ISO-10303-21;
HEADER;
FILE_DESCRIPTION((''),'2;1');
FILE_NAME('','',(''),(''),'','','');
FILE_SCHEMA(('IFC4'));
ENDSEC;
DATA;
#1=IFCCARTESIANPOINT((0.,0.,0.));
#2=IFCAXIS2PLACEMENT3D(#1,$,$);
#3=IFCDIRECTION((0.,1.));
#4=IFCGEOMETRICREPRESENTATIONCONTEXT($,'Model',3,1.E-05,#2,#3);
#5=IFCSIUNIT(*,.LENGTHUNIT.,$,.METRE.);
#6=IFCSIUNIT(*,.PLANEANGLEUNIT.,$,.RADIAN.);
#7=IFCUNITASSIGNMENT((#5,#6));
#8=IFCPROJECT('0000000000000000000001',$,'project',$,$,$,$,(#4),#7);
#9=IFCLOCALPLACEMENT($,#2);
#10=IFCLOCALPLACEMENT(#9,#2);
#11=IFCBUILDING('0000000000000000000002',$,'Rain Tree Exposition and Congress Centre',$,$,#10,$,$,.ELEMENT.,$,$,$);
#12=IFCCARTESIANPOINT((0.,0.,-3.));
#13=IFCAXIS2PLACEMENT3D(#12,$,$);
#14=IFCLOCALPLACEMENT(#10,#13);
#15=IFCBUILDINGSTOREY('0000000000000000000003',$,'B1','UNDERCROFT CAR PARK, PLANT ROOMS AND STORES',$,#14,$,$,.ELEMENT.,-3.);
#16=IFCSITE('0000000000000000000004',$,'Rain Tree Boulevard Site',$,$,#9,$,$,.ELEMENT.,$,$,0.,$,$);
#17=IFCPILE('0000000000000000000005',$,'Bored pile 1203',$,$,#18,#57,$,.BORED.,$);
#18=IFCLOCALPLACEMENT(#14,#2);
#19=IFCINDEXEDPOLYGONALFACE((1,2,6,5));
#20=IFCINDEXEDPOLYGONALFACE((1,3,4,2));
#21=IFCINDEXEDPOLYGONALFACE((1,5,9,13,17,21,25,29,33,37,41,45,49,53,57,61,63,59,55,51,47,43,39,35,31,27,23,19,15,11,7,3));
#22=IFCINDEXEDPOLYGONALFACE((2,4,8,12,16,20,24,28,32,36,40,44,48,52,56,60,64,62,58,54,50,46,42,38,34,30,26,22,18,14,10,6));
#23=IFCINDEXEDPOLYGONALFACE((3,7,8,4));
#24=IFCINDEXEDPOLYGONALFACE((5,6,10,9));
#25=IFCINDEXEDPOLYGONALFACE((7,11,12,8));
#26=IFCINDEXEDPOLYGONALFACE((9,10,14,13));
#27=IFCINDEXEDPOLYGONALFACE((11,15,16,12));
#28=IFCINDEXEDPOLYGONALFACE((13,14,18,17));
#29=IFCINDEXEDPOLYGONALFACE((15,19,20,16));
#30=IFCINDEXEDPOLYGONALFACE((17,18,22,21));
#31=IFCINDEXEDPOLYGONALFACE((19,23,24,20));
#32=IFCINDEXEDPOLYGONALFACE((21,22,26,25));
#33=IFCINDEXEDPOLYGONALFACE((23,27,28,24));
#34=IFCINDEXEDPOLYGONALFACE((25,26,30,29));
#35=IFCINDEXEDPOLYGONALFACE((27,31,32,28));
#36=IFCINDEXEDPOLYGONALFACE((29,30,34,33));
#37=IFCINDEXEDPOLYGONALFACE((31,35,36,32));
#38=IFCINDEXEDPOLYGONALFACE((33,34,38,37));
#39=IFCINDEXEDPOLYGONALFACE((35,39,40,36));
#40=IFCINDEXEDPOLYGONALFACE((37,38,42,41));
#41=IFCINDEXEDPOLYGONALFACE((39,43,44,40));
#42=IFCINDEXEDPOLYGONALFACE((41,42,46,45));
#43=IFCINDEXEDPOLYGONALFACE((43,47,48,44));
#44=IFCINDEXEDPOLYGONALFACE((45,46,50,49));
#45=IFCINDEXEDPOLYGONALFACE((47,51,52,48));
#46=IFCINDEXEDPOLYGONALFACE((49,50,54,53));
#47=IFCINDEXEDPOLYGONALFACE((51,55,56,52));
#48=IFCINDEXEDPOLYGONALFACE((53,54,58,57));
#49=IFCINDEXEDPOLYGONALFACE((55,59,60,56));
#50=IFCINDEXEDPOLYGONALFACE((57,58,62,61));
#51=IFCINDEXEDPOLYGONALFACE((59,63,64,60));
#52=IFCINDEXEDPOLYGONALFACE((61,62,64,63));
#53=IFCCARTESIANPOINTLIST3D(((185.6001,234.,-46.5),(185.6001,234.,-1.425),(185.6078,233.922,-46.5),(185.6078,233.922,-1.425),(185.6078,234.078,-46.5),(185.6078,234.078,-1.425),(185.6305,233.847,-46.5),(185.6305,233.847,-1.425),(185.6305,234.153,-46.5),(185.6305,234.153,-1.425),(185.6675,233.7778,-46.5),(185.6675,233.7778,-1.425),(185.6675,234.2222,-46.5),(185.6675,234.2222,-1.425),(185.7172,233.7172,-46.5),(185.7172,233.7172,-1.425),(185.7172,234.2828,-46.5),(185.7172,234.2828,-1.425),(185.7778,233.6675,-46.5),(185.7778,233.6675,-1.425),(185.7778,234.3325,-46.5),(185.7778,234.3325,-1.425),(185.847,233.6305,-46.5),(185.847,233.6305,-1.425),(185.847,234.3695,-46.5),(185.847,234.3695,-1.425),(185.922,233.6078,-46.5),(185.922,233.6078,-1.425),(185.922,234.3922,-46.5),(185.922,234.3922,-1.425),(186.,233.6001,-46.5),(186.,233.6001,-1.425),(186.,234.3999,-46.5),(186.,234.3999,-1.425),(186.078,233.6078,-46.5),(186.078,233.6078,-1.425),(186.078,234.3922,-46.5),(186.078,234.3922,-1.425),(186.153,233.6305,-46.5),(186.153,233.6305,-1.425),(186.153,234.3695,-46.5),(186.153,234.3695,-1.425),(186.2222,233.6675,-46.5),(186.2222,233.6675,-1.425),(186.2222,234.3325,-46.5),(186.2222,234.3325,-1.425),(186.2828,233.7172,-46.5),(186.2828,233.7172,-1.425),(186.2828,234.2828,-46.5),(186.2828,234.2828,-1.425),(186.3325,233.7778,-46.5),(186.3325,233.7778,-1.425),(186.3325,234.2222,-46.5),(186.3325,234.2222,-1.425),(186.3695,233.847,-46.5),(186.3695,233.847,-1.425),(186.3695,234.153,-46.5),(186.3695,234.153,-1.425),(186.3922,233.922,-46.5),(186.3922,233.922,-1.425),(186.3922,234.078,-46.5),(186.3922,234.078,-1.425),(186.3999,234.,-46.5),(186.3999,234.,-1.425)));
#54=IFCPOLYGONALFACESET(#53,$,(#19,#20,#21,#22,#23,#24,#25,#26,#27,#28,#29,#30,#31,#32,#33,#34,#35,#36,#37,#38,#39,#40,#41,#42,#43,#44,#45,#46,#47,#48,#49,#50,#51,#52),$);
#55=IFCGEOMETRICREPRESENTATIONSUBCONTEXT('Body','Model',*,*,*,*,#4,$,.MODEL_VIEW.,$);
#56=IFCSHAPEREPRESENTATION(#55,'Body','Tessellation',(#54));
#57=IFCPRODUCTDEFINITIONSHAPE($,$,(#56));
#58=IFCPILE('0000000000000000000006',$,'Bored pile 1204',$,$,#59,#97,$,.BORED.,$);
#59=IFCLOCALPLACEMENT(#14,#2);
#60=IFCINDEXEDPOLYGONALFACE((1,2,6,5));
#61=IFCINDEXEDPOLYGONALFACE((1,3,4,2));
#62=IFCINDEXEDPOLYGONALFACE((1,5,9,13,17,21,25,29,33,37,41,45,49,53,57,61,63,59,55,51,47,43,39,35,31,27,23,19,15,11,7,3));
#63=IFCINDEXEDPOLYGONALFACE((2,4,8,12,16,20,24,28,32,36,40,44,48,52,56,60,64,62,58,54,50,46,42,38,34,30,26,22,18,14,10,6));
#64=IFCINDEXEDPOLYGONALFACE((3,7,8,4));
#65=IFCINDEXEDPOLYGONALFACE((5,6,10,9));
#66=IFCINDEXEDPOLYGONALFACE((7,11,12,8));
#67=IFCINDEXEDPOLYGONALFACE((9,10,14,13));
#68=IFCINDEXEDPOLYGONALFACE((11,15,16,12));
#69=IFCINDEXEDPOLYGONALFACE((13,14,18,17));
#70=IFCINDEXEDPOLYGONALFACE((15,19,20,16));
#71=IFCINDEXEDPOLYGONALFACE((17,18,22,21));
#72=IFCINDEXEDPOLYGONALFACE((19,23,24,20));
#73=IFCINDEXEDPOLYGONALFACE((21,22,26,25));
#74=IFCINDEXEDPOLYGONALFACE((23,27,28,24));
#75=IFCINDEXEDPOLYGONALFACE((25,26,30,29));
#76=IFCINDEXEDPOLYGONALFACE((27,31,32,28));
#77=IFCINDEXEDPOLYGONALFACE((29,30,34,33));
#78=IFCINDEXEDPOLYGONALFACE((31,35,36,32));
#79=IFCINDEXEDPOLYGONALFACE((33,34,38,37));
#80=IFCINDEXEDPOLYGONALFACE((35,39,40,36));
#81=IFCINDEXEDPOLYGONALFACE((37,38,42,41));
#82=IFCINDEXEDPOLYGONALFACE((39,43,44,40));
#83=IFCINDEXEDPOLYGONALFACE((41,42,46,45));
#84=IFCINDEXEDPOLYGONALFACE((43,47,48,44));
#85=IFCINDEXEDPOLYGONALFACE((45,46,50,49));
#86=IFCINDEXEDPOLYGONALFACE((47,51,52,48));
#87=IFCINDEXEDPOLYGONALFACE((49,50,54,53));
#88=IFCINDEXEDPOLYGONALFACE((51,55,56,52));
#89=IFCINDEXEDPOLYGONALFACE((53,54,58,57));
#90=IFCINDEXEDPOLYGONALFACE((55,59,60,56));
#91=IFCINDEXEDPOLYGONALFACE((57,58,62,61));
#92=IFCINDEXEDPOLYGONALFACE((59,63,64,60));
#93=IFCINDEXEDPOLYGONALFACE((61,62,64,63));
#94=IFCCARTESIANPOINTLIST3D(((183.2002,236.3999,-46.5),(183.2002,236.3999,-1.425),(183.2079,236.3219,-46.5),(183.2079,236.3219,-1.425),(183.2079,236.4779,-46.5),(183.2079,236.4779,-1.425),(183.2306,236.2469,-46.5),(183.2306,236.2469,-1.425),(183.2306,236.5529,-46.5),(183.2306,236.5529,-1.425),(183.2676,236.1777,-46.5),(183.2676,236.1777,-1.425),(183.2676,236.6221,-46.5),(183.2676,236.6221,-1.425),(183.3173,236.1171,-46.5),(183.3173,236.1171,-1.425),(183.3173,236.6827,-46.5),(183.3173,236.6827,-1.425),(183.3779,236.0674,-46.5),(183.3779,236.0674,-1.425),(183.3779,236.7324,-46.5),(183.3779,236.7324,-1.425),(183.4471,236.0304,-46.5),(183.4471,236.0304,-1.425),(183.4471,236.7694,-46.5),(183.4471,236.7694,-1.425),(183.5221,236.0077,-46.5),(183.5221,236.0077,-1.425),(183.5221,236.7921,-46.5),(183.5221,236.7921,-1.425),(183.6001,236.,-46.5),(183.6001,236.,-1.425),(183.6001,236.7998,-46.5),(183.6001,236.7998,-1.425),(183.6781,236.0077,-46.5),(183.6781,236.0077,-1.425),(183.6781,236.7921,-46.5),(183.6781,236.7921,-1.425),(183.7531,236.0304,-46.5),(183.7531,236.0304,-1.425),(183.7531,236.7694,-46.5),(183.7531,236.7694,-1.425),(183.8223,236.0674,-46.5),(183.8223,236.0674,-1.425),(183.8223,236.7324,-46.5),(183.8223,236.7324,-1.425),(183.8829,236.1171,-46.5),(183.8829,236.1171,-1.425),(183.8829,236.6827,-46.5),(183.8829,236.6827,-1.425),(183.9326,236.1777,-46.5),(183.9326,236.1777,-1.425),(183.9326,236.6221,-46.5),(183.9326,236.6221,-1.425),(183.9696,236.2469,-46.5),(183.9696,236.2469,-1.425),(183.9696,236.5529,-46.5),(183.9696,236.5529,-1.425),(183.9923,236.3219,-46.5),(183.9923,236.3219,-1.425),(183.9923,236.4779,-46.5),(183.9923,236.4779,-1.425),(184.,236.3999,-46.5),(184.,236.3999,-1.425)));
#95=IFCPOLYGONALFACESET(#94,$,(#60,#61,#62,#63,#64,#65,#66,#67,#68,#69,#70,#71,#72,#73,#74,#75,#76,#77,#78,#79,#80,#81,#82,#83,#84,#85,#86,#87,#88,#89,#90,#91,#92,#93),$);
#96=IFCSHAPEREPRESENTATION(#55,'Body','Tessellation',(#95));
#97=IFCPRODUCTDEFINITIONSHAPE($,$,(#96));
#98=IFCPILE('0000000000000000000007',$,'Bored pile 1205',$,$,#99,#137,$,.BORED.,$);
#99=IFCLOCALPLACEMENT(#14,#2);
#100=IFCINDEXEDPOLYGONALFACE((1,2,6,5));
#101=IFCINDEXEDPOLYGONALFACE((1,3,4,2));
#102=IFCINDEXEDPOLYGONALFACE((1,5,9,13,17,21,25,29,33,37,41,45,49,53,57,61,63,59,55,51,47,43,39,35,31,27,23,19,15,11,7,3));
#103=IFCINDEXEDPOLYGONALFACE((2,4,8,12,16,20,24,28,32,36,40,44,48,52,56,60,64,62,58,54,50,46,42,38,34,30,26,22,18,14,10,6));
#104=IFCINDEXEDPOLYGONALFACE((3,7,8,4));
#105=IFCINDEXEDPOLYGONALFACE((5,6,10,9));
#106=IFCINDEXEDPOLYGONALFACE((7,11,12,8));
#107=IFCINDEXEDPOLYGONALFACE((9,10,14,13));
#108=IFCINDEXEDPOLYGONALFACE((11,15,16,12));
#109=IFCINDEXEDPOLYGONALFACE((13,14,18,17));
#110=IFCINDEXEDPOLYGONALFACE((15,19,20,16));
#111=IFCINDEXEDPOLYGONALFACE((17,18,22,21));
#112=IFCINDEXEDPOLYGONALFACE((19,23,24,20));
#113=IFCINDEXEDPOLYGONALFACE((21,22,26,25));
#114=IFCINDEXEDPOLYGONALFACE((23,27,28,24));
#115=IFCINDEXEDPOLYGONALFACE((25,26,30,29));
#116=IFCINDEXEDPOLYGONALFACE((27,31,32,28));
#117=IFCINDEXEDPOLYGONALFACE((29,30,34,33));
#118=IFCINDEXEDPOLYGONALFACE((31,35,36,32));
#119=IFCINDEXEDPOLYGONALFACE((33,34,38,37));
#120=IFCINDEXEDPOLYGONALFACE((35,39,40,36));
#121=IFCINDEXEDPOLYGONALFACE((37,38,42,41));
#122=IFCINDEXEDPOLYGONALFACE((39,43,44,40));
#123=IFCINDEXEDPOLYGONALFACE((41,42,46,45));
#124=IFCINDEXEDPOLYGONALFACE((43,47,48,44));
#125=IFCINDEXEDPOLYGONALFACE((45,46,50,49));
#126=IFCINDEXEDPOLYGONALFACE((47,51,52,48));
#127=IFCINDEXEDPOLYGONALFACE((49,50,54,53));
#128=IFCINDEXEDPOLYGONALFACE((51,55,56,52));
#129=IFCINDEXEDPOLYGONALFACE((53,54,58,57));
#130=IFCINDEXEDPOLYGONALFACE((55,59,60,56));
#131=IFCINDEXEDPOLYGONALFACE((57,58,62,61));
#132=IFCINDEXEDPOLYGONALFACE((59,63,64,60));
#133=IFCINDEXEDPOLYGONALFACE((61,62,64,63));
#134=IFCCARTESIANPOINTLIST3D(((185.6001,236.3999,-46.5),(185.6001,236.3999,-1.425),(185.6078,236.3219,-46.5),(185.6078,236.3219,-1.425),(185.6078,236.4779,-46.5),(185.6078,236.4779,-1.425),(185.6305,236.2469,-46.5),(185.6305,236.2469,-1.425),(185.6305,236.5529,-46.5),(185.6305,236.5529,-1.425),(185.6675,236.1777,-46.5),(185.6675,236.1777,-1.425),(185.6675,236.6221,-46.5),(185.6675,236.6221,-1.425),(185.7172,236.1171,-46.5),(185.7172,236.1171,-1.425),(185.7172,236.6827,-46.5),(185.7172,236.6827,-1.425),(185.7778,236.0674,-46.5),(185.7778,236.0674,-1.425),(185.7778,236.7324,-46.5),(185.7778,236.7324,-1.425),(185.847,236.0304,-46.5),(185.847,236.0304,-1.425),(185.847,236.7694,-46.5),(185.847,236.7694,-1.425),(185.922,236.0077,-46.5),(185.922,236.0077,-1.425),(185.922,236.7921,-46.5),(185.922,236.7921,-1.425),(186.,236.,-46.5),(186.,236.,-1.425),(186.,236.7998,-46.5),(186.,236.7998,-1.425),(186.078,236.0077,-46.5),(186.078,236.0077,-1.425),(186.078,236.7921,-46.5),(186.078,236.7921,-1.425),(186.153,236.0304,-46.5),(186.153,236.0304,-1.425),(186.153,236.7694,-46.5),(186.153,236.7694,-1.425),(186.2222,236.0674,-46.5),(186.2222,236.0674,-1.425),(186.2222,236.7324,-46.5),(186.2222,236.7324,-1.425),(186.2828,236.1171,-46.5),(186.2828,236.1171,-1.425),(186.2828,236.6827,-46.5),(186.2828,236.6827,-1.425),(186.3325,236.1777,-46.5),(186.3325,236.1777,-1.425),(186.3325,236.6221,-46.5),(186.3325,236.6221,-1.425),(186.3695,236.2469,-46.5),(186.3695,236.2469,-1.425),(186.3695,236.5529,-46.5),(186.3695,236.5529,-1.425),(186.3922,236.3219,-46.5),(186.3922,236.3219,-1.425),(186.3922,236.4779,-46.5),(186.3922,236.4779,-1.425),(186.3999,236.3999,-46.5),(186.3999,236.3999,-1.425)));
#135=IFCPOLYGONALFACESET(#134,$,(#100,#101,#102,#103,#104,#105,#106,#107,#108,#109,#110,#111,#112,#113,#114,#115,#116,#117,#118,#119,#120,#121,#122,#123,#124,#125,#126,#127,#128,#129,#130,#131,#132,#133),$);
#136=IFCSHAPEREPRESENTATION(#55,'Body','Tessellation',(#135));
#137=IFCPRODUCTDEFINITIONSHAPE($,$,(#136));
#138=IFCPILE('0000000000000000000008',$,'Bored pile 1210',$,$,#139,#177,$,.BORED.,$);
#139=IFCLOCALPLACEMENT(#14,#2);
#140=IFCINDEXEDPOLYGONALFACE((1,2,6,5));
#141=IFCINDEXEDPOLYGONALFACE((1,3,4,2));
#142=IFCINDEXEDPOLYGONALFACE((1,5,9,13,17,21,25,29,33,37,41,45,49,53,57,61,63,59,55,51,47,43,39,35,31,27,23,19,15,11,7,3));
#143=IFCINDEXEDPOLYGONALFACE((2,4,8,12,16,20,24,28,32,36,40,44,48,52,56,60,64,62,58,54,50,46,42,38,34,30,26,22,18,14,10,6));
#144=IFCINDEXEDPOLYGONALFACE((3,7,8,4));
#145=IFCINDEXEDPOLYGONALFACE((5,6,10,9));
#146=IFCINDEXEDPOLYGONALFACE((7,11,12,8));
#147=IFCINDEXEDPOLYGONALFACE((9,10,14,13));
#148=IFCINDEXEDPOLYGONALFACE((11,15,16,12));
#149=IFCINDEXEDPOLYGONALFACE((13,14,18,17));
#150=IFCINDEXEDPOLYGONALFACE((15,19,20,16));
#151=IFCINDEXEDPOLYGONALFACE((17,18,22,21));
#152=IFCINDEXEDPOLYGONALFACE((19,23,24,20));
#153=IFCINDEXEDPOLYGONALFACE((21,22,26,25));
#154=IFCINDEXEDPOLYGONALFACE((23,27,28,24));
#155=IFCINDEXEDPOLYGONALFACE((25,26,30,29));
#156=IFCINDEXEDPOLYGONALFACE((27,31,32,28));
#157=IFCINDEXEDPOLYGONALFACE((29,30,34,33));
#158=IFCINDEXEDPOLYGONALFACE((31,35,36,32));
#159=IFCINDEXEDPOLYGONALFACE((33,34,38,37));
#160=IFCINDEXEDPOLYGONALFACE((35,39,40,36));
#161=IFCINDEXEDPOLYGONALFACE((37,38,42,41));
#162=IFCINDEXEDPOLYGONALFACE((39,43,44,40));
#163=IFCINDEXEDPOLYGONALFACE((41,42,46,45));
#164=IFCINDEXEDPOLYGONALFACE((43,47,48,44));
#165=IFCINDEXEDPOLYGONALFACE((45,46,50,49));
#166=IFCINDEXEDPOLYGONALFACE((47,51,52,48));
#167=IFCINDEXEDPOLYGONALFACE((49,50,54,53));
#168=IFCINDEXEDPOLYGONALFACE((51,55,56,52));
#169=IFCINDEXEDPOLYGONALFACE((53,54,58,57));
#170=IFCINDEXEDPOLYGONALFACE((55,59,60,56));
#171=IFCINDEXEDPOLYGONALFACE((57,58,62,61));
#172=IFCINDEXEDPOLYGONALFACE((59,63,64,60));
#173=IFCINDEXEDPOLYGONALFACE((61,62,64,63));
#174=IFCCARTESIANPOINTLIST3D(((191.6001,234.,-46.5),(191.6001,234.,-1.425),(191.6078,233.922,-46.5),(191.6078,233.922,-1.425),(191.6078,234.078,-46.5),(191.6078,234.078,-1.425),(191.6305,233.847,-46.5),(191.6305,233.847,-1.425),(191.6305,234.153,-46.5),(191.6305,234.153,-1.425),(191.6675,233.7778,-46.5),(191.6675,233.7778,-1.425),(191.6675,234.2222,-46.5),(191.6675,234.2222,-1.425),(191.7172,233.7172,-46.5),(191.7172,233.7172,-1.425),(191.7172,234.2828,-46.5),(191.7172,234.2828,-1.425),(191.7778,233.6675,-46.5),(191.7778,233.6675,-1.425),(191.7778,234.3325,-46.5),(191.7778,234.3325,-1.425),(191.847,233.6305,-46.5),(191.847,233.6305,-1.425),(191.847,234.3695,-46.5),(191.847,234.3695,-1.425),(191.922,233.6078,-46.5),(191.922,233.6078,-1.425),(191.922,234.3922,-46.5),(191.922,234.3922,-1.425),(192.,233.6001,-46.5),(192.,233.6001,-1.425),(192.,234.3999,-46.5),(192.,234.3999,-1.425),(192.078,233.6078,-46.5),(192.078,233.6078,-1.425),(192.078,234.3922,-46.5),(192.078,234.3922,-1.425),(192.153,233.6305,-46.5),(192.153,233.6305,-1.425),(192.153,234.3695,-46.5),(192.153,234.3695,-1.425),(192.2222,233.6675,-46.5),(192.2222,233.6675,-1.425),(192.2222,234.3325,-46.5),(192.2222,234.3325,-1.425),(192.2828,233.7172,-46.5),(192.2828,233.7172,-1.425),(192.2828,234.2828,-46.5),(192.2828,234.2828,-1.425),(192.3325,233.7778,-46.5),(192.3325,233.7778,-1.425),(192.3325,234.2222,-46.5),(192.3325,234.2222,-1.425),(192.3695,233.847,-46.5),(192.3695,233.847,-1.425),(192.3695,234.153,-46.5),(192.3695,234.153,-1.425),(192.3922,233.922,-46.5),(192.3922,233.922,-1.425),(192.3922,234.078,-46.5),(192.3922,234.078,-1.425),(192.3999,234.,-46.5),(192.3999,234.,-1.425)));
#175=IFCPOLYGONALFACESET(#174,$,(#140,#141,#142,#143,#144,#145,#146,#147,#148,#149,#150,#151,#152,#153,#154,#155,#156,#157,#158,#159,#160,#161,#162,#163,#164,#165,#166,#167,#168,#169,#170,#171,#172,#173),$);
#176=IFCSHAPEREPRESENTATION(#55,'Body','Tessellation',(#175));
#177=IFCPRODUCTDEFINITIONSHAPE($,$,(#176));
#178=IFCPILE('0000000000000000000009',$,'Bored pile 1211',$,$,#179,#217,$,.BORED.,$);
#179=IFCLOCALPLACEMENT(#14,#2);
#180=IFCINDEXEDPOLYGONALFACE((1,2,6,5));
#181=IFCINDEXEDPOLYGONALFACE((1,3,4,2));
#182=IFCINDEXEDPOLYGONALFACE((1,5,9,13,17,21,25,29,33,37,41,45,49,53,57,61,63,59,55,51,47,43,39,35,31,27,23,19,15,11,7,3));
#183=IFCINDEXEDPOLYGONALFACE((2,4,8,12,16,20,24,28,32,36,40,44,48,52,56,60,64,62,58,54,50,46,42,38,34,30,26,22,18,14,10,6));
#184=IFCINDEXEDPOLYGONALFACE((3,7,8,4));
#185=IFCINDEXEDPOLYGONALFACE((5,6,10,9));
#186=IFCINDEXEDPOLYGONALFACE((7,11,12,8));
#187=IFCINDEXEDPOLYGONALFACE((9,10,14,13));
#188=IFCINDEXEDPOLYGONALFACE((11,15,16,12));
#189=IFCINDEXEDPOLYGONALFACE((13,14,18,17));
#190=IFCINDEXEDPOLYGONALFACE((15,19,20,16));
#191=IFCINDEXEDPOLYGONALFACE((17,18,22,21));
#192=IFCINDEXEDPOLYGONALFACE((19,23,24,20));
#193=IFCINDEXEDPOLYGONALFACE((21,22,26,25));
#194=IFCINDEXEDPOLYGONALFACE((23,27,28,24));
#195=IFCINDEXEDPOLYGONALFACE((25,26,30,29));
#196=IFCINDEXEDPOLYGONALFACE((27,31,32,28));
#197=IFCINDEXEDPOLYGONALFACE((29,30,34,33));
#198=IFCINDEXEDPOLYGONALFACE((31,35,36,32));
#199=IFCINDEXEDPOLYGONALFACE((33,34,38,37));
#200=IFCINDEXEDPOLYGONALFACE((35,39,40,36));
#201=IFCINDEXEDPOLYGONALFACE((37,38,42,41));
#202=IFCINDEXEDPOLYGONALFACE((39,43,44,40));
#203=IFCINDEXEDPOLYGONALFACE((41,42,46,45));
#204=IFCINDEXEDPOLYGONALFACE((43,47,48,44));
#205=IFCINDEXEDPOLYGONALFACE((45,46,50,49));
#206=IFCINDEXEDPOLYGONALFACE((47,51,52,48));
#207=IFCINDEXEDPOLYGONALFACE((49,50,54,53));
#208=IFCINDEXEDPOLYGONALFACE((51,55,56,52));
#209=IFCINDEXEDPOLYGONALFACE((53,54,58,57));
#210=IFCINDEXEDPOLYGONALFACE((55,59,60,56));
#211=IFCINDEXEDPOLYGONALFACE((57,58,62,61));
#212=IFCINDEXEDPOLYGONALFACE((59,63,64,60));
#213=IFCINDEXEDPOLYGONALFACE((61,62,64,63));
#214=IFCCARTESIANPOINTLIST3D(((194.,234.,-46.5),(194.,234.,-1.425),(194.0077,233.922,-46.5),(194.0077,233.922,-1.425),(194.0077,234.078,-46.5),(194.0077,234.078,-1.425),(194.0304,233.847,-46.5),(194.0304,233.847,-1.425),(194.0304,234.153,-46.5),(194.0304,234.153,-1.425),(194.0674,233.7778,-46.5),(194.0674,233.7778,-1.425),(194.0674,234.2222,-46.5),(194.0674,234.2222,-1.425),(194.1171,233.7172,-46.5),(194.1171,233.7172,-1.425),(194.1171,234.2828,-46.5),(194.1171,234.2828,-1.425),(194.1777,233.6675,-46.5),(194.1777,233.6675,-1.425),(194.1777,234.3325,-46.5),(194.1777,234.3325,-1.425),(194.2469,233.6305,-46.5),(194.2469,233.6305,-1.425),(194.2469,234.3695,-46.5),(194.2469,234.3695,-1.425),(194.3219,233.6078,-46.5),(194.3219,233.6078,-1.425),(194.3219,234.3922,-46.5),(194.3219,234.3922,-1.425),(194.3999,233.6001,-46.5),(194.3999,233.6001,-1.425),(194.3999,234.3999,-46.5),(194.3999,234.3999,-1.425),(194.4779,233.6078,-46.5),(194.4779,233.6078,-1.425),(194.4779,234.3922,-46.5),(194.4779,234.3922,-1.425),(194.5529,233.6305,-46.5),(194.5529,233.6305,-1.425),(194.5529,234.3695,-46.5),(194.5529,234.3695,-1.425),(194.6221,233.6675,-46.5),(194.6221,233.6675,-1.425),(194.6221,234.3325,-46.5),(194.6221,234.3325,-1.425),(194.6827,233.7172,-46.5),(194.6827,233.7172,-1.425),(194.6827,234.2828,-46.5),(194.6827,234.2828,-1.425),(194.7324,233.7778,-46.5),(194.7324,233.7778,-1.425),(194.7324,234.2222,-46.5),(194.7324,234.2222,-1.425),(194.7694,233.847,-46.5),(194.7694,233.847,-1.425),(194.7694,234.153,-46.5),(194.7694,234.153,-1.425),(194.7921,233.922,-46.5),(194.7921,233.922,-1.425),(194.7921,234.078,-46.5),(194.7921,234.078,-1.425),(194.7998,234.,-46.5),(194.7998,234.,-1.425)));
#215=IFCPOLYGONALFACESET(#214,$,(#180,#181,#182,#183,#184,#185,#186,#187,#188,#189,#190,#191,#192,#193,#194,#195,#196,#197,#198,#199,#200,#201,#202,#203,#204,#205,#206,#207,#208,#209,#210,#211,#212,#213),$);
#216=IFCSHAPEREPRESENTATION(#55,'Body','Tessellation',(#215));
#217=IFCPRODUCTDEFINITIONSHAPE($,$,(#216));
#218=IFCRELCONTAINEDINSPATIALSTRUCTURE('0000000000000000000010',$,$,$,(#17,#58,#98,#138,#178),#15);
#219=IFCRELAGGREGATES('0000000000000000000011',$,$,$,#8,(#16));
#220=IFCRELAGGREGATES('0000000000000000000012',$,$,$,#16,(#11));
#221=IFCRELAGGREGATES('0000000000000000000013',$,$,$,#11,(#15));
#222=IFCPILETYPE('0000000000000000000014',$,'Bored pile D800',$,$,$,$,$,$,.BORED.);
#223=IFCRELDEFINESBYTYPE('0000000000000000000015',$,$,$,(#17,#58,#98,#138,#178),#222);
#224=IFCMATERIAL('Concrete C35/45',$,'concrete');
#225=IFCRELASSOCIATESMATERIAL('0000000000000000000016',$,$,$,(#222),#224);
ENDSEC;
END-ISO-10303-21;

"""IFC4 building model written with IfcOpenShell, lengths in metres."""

from ifc_helpers import new_model, si_unit, direction, frame, origin, origin_2d, place, context, subcontext, project, spatial, circle, extrude, material, material_profile, profile_set, type_object, element, save


model = new_model("IFC4")

# Units and contexts
model_context = context("Model", 3, precision=1e-05, world=origin(), true_north=direction((0.0, 1.0)))
body_context = subcontext(model_context, "Body", "Model", "MODEL_VIEW")
ifc_project = project(units=[si_unit("LENGTHUNIT", "METRE"), si_unit("PLANEANGLEUNIT", "RADIAN")], contexts=[model_context])

# Site, building, storey
site_placement = place(None, origin())
site = spatial("IfcSite", under=ifc_project, at=site_placement, Name="Rain Tree Boulevard Site", CompositionType="ELEMENT", RefElevation=0.0)
building_placement = place(site_placement, origin())
building = spatial("IfcBuilding", under=site, at=building_placement, Name="Rain Tree Exposition and Congress Centre", CompositionType="ELEMENT")
storey_placement = place(building_placement, frame((0.0, 0.0, -3.0)))
storey = spatial("IfcBuildingStorey", under=building, at=storey_placement, Name="B1", Description="UNDERCROFT CAR PARK, PLANT ROOMS AND STORES", CompositionType="ELEMENT", Elevation=-3.0)

# Piles
ifc_material_1 = material(Name="Concrete C35/45", Category="concrete")
ifc_material_profile_1 = material_profile(ifc_material_1, circle(Radius=0.3999, at=origin_2d()), Name="D800")
ifc_profile_set_1 = profile_set([ifc_material_profile_1], Name="Concrete C35/45")
pile_type_1 = type_object("IfcPileType", Name="Bored pile D800", PredefinedType="BORED", material=ifc_profile_set_1)
for number, where, z_axis, x_axis, name in (
    (1, (186.0, 234.0, -1.425), (0.0, 0.0, -1.0), (1.0, 0.0, 0.0), "Bored pile 1203"),
    (2, (183.6001, 236.3999, -1.425), (0.0, 0.0, -1.0), (1.0, 0.0, 0.0), "Bored pile 1204"),
    (3, (186.0, 236.3999, -1.425), (0.0, 0.0, -1.0), (1.0, 0.0, 0.0), "Bored pile 1205"),
    (4, (192.0, 234.0, -1.425), (0.0, 0.0, -1.0), (1.0, 0.0, 0.0), "Bored pile 1210"),
    (5, (194.3999, 234.0, -1.425), (0.0, 0.0, -1.0), (1.0, 0.0, 0.0), "Bored pile 1211"),
):
    element("IfcPile", number, at=place(storey_placement, frame(where, z_axis=z_axis, x_axis=x_axis)), inside=storey, type_object=pile_type_1, Name=name, PredefinedType="BORED", context=body_context, shape_type="SweptSolid", body=[
        extrude(circle(Radius=0.3999, at=origin_2d()), origin(), (0.0, 0.0, 1.0), 45.075),
    ])

save(model, "model.ifc")
